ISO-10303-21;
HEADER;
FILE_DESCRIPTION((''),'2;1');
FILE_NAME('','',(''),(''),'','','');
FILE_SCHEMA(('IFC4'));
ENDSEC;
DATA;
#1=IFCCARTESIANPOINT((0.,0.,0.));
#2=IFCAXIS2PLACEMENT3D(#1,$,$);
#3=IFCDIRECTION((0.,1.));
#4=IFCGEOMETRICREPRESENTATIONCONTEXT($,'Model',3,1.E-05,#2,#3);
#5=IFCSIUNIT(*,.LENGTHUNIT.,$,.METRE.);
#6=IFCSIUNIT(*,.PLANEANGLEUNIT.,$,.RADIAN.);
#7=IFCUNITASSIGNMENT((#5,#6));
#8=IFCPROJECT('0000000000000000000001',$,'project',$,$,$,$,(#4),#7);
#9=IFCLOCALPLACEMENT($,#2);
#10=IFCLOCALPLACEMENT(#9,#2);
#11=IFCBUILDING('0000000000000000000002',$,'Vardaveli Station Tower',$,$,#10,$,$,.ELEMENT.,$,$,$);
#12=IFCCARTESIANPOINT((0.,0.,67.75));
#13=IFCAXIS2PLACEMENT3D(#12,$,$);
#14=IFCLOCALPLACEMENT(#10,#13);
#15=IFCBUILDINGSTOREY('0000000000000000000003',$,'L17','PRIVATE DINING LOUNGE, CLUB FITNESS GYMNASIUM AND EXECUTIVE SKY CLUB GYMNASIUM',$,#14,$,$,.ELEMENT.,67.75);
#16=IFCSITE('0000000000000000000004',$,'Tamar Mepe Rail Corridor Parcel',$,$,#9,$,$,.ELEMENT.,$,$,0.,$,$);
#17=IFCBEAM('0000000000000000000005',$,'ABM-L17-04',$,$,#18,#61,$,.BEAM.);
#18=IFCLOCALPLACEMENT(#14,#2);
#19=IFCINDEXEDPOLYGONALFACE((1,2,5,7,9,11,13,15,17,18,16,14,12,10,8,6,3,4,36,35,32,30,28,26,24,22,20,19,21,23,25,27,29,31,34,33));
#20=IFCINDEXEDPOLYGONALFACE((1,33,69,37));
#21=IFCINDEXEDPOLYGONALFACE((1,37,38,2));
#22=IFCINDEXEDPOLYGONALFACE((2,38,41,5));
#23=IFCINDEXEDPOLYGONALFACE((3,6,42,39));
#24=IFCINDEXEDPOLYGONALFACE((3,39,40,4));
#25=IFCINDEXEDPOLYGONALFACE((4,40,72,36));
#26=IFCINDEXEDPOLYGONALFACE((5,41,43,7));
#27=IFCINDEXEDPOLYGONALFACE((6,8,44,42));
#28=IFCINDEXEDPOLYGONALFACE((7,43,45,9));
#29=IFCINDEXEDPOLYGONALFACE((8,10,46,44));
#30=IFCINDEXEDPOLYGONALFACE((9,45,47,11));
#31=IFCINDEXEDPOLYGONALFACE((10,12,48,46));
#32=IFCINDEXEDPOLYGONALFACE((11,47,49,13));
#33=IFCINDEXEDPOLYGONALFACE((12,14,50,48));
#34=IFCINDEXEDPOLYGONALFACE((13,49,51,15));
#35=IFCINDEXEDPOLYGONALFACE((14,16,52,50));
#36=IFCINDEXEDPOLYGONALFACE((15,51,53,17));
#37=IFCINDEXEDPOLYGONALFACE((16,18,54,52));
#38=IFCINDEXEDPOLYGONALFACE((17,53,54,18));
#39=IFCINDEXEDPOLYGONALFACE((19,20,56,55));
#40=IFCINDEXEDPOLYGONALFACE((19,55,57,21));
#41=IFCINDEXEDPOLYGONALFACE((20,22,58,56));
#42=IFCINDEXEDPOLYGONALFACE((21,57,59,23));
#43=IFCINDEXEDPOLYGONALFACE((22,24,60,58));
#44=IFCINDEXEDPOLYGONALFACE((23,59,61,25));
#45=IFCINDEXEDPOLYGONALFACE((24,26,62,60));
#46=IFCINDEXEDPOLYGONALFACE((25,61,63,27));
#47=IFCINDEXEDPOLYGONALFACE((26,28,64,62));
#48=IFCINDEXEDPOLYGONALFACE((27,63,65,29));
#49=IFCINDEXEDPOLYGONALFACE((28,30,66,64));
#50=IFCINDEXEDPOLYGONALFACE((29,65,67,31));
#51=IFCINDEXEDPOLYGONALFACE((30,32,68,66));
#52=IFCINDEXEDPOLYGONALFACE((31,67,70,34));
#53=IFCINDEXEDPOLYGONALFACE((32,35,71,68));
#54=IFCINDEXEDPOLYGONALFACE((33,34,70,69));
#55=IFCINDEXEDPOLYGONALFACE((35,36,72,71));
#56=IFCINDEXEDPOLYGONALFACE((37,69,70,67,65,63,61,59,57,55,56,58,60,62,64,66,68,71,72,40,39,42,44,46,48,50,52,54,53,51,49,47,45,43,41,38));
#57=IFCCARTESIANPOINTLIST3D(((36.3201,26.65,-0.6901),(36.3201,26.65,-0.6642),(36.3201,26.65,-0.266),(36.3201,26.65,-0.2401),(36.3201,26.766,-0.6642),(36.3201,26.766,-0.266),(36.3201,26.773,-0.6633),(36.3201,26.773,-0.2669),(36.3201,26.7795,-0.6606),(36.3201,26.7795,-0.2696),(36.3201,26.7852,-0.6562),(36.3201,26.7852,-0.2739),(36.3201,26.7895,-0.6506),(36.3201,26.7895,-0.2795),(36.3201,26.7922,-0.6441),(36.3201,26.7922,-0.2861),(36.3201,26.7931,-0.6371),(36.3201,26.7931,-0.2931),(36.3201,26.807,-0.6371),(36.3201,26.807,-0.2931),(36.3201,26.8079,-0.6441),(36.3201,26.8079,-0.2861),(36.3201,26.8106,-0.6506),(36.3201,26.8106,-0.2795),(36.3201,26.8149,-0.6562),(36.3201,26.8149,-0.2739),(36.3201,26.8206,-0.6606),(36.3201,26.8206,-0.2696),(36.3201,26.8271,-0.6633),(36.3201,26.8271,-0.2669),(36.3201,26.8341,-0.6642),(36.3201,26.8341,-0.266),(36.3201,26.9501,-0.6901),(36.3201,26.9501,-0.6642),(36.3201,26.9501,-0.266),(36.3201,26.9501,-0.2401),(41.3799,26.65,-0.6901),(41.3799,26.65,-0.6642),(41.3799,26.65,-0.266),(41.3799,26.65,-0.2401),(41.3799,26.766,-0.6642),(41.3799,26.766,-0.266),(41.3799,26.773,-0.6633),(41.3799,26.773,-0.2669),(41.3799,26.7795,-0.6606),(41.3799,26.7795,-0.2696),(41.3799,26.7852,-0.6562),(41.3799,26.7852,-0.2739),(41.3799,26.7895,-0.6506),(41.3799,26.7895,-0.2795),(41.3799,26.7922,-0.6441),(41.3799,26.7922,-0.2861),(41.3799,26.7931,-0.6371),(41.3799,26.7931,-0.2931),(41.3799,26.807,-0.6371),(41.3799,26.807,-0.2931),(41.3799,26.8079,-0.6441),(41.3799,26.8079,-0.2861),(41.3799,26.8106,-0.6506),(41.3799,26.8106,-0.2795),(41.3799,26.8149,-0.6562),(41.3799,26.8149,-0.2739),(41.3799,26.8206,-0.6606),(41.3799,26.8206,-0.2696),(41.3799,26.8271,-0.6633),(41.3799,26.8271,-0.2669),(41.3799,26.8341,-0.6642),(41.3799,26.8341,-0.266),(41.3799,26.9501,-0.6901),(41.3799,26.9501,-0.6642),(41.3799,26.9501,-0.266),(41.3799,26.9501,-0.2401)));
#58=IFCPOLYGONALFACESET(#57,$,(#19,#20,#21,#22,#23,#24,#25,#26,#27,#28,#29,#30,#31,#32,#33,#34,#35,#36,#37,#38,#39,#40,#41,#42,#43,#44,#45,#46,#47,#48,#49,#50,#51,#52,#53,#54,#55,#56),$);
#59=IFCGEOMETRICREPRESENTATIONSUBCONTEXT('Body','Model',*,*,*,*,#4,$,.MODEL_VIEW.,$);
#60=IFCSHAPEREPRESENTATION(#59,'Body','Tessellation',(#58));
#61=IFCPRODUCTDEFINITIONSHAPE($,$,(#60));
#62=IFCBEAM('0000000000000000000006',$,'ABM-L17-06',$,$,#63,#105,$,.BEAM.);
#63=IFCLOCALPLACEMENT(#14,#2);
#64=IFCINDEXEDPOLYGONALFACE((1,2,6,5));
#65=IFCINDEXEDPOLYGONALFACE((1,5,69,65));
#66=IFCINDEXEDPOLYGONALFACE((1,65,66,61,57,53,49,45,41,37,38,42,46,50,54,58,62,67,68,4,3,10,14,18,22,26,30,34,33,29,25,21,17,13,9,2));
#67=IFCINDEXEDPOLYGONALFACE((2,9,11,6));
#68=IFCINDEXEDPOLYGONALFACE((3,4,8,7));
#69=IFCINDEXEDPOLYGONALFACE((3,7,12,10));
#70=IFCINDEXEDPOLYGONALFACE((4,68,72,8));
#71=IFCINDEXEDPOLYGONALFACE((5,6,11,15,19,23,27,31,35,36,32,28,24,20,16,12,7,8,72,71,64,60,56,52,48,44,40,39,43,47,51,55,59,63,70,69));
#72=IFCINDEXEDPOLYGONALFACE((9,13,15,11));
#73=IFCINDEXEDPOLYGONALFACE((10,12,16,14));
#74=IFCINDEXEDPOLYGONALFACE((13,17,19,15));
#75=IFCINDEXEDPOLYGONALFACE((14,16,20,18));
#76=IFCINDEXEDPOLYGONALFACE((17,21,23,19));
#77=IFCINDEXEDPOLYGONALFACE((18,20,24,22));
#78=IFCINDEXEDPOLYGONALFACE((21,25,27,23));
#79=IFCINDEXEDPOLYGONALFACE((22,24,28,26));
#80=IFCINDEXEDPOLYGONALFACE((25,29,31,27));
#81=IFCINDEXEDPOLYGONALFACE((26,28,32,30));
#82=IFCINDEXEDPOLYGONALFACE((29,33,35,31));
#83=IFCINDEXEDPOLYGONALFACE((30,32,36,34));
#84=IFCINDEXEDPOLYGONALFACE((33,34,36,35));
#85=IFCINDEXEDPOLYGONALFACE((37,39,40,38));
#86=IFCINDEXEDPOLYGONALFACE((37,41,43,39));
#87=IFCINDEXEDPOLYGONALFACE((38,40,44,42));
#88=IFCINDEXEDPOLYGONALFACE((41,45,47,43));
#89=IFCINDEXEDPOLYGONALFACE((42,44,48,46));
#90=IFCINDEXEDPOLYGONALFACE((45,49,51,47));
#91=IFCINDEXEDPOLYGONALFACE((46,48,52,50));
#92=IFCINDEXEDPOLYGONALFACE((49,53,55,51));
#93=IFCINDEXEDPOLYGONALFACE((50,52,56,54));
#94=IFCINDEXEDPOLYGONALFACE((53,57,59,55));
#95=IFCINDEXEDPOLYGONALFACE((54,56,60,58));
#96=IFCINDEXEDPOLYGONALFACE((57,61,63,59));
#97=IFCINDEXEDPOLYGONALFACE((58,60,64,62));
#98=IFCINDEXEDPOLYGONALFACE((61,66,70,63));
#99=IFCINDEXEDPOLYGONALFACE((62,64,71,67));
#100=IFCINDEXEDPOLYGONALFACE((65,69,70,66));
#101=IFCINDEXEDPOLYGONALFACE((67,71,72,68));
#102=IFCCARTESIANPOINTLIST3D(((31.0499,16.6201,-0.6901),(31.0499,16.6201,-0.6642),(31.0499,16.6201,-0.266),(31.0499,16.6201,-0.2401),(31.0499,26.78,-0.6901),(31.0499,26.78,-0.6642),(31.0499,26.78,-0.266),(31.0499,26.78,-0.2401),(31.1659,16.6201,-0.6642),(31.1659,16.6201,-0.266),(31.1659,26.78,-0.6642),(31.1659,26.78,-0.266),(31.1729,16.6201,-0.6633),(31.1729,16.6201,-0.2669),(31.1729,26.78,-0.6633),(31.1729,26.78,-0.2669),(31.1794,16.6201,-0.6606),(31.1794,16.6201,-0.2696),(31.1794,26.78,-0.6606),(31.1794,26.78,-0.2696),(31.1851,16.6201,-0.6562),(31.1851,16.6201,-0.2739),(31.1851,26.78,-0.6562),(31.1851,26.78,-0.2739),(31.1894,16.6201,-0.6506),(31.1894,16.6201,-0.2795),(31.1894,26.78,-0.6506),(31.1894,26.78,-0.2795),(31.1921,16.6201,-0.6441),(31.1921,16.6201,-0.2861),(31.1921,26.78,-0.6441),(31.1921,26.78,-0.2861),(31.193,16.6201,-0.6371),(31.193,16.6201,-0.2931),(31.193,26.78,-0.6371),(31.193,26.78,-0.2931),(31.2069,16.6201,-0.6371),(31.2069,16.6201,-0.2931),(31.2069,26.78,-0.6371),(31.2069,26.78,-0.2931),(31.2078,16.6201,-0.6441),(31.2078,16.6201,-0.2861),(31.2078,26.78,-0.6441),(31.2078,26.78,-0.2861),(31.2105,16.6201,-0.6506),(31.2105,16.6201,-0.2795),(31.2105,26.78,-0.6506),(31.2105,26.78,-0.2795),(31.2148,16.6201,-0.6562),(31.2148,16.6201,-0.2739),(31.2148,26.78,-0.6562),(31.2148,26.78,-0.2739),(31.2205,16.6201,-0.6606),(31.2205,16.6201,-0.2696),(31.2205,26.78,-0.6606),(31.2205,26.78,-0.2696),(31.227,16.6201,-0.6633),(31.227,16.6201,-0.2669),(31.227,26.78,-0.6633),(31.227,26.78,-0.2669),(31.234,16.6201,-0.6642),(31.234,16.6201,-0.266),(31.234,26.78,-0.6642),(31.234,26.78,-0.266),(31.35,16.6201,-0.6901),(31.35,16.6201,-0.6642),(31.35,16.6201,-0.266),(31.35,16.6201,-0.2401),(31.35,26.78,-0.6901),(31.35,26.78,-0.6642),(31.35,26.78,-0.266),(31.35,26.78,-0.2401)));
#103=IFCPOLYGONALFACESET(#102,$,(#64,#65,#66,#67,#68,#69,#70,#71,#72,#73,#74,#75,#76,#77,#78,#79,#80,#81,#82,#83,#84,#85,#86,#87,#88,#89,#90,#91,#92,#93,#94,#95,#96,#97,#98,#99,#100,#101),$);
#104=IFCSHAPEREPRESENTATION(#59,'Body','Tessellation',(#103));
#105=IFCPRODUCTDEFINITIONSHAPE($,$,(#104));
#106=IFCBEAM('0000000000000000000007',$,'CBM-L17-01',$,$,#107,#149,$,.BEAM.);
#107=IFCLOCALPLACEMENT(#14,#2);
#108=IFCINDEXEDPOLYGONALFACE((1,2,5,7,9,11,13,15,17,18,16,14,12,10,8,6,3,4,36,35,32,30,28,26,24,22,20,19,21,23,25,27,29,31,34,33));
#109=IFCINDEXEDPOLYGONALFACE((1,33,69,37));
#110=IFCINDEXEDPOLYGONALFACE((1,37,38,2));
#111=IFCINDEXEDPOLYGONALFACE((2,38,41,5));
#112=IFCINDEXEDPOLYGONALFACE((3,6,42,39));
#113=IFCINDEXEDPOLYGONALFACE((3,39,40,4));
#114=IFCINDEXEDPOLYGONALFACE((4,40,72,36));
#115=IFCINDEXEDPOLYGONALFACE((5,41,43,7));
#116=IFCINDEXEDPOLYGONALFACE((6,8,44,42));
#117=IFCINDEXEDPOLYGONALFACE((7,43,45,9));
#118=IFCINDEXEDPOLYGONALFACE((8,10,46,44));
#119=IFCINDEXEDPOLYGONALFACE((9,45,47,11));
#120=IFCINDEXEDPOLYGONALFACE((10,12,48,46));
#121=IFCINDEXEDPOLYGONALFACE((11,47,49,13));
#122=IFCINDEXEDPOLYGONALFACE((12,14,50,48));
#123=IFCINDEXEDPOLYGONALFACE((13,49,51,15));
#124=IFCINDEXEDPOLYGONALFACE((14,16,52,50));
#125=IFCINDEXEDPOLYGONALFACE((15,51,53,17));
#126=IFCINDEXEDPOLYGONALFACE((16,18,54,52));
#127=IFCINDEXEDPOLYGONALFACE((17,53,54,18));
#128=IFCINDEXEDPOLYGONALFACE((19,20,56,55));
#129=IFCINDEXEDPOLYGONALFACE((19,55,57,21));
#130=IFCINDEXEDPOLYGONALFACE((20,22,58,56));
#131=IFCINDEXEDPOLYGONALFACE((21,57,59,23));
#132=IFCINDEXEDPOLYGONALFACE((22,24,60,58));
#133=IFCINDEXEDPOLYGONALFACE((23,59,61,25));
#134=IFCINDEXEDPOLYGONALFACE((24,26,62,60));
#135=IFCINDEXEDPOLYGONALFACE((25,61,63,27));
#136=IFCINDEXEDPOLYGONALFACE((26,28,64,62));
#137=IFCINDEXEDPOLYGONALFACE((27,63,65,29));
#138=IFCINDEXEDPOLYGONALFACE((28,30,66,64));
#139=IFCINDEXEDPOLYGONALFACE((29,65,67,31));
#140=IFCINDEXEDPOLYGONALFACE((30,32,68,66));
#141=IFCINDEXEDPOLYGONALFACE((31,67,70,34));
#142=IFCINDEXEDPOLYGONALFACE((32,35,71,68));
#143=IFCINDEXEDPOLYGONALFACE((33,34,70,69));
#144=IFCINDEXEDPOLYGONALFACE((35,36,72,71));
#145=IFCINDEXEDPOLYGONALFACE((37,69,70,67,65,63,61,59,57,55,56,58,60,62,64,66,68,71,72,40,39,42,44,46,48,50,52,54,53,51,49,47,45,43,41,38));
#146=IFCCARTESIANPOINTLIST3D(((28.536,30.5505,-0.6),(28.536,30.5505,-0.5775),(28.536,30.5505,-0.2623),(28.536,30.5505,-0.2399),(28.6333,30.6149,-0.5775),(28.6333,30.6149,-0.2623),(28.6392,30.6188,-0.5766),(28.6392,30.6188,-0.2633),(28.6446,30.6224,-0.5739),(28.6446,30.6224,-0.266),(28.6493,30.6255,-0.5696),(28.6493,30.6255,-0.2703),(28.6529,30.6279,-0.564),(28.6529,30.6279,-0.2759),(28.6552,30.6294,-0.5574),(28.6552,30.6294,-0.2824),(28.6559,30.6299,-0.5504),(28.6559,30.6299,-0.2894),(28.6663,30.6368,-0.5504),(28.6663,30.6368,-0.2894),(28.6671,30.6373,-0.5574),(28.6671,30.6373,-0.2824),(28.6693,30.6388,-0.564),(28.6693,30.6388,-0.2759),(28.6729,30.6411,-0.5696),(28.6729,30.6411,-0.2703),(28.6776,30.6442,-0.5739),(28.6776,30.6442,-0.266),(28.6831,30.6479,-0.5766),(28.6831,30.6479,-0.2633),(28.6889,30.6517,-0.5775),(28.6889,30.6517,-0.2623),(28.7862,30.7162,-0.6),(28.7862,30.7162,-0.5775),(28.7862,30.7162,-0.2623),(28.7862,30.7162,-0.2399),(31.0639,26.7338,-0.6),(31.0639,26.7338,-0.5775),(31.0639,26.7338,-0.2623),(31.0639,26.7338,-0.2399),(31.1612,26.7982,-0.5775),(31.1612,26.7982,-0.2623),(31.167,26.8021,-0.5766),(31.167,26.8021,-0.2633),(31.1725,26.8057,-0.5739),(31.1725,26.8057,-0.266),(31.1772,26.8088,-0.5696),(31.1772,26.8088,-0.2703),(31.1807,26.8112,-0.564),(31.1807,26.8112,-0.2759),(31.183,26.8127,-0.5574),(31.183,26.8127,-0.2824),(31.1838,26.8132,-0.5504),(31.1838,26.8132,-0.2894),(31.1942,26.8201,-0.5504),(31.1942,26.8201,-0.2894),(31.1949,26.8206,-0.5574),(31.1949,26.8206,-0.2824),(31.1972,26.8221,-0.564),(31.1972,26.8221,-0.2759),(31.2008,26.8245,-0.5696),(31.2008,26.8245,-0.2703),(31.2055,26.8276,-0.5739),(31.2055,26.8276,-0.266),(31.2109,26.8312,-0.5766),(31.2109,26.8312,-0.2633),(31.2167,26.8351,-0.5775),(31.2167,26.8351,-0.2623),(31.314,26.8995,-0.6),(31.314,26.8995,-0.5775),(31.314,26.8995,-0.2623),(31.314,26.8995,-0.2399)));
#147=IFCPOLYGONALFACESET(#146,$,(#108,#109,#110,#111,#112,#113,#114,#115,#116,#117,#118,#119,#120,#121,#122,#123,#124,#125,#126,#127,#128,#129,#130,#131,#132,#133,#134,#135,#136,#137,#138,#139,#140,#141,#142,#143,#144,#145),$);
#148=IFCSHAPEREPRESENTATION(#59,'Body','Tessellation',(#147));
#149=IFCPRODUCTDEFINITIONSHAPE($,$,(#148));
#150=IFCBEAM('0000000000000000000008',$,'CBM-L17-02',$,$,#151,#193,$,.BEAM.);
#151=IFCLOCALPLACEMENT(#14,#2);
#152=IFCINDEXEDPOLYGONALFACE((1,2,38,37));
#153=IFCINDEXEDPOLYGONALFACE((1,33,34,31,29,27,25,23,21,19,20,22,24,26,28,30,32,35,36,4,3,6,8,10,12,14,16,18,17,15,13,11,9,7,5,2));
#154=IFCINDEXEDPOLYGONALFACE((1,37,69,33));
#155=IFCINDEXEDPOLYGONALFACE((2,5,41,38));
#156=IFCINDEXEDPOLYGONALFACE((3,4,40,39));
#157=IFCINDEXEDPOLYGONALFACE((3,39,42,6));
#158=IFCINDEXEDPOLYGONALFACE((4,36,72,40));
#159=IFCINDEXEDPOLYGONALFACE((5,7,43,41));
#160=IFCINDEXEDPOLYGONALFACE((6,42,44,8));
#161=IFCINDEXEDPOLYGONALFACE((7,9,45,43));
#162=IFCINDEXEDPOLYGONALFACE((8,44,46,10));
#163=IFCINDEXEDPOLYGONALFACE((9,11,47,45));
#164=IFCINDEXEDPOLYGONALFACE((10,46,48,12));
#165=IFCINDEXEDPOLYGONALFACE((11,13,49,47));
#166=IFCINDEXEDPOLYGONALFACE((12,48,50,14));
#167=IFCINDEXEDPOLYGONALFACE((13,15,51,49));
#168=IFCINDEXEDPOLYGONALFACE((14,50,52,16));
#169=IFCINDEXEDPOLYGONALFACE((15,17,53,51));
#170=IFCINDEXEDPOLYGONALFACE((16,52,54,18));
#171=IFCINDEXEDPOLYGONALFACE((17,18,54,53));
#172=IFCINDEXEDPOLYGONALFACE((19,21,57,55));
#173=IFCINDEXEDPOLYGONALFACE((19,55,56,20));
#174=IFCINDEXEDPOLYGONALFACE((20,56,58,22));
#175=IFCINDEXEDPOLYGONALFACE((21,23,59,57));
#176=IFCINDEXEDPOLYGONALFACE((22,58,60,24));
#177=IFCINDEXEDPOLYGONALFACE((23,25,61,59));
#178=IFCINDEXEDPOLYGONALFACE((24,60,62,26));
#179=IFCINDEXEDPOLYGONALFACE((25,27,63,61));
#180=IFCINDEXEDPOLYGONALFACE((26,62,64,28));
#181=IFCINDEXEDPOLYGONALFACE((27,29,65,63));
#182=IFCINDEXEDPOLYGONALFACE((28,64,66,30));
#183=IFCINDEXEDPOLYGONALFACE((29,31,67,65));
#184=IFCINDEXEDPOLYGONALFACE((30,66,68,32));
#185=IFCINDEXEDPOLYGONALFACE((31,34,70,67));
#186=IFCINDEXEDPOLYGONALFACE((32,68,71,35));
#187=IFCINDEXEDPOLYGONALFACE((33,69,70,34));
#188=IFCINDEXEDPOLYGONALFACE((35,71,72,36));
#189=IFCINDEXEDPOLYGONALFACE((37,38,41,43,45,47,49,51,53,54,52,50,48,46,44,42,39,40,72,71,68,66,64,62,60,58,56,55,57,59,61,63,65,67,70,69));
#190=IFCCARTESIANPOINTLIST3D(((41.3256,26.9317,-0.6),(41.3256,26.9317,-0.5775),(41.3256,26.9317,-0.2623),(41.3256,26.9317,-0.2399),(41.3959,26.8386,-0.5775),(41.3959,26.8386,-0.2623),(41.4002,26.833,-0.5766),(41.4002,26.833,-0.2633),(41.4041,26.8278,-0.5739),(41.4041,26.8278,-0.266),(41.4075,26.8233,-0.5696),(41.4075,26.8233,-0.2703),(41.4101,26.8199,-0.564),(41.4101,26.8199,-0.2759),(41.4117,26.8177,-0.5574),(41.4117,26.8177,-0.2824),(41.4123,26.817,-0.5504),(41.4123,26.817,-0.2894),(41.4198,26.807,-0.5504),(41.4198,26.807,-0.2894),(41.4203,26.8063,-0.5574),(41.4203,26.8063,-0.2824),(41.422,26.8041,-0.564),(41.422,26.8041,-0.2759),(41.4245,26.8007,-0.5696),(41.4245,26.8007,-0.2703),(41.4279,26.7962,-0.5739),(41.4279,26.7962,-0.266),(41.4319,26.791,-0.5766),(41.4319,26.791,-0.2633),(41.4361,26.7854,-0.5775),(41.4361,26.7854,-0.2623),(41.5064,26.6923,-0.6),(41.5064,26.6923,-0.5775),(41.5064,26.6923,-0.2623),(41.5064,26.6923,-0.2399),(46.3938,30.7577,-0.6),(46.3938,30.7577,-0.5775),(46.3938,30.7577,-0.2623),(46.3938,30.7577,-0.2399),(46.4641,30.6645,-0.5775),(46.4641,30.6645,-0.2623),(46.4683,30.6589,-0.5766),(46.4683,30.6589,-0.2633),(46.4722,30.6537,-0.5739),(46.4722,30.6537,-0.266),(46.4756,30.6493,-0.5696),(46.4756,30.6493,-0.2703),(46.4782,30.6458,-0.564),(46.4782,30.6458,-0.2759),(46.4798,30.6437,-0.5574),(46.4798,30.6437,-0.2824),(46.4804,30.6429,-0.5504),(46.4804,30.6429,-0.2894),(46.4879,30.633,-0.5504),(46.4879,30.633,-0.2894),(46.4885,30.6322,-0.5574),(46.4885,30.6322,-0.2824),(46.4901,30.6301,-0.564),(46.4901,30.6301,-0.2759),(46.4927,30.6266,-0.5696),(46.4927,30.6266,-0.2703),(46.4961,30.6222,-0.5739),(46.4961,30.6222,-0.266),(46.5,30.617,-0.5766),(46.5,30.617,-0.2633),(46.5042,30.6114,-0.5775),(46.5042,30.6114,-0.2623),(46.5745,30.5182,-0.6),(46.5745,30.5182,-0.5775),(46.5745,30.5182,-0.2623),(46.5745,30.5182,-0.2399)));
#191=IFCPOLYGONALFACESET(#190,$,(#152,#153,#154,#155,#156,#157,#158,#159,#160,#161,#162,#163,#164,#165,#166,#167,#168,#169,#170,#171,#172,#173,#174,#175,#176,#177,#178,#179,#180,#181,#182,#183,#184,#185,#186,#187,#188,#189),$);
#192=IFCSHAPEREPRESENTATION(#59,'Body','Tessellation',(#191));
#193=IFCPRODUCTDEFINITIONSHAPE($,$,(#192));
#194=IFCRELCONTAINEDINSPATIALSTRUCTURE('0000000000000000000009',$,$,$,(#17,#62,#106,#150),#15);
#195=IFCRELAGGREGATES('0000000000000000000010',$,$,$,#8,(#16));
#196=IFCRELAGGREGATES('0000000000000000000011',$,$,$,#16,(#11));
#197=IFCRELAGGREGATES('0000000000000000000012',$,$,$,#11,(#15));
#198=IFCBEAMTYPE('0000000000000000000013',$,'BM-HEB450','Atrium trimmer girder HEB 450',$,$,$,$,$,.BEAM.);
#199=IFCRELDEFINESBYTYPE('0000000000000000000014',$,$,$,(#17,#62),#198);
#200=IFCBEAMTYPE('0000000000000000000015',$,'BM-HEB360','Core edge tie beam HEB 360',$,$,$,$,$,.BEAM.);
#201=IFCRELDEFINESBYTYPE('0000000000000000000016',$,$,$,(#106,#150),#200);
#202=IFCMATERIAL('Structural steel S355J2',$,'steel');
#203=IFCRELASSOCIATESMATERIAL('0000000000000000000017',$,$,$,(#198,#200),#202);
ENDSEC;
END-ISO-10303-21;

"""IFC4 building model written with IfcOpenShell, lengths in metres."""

from ifc_helpers import new_model, si_unit, direction, frame, origin, origin_2d, place, context, subcontext, project, spatial, i_section, extrude, source, transform, mapped, material, material_profile, profile_set, type_object, element, save


model = new_model("IFC4")

# Units and contexts
model_context = context("Model", 3, precision=1e-05, world=origin(), true_north=direction((0.0, 1.0)))
body_context = subcontext(model_context, "Body", "Model", "MODEL_VIEW")
ifc_project = project(units=[si_unit("LENGTHUNIT", "METRE"), si_unit("PLANEANGLEUNIT", "RADIAN")], contexts=[model_context])

# Site, building, storey
site_placement = place(None, origin())
site = spatial("IfcSite", under=ifc_project, at=site_placement, Name="Tamar Mepe Rail Corridor Parcel", CompositionType="ELEMENT", RefElevation=0.0)
building_placement = place(site_placement, origin())
building = spatial("IfcBuilding", under=site, at=building_placement, Name="Vardaveli Station Tower", CompositionType="ELEMENT")
storey_placement = place(building_placement, frame((0.0, 0.0, 67.75)))
storey = spatial("IfcBuildingStorey", under=building, at=storey_placement, Name="L17", Description="PRIVATE DINING LOUNGE, CLUB FITNESS GYMNASIUM AND EXECUTIVE SKY CLUB GYMNASIUM", CompositionType="ELEMENT", Elevation=67.75)

# Beams
ifc_material_1 = material(Name="Structural steel S355J2", Category="steel")
ifc_material_profile_1 = material_profile(ifc_material_1, i_section(OverallWidth=0.3, OverallDepth=0.45, WebThickness=0.0139, FlangeThickness=0.0259, FilletRadius=0.0271, at=origin_2d()), Name="HEB 450")
ifc_profile_set_1 = profile_set([ifc_material_profile_1], Name="Structural steel S355J2")
beam_type_1 = type_object("IfcBeamType", Name="BM-HEB450", Description="Atrium trimmer girder HEB 450", PredefinedType="BEAM", material=ifc_profile_set_1)
shared_shape_1 = source(origin(), body_context, "Body", "SweptSolid", [
    extrude(i_section(OverallWidth=0.3, OverallDepth=0.45, WebThickness=0.0139, FlangeThickness=0.0259, FilletRadius=0.0271, at=origin_2d()), origin(), (0.0, 0.0, 1.0), 5.0598),
])
beam_1_placement = place(storey_placement, frame((41.3799, 26.8, -0.4651), z_axis=(-1.0, 0.0, 0.0), x_axis=(0.0, -1.0, 0.0)))
element("IfcBeam", 1, at=beam_1_placement, inside=storey, type_object=beam_type_1, Name="ABM-L17-04", PredefinedType="BEAM", context=body_context, shape_type="MappedRepresentation", body=[
    mapped(shared_shape_1, transform((0.0, 0.0, 0.0), scale=1.0)),
])
shared_shape_2 = source(origin(), body_context, "Body", "SweptSolid", [
    extrude(i_section(OverallWidth=0.3, OverallDepth=0.45, WebThickness=0.0139, FlangeThickness=0.0259, FilletRadius=0.0271, at=origin_2d()), origin(), (0.0, 0.0, 1.0), 10.1599),
])
beam_2_placement = place(storey_placement, frame((31.2, 26.78, -0.4651), z_axis=(0.0, -1.0, 0.0), x_axis=(1.0, 0.0, 0.0)))
element("IfcBeam", 2, at=beam_2_placement, inside=storey, type_object=beam_type_1, Name="ABM-L17-06", PredefinedType="BEAM", context=body_context, shape_type="MappedRepresentation", body=[
    mapped(shared_shape_2, transform((0.0, 0.0, 0.0), scale=1.0)),
])
ifc_material_profile_2 = material_profile(ifc_material_1, i_section(OverallWidth=0.3, OverallDepth=0.3601, WebThickness=0.0125, FlangeThickness=0.0225, FilletRadius=0.0271, at=origin_2d()), Name="HEB 360")
ifc_profile_set_2 = profile_set([ifc_material_profile_2], Name="Structural steel S355J2")
beam_type_2 = type_object("IfcBeamType", Name="BM-HEB360", Description="Core edge tie beam HEB 360", PredefinedType="BEAM", material=ifc_profile_set_2)
shared_shape_3 = source(origin(), body_context, "Body", "SweptSolid", [
    extrude(i_section(OverallWidth=0.3, OverallDepth=0.3601, WebThickness=0.0125, FlangeThickness=0.0225, FilletRadius=0.0271, at=origin_2d()), origin(), (0.0, 0.0, 1.0), 4.5779),
])
beam_3_placement = place(storey_placement, frame((31.189, 26.8167, -0.4199), z_axis=(-0.552187, 0.83372, 0.0), x_axis=(-0.83372, -0.552187, 0.0)))
element("IfcBeam", 3, at=beam_3_placement, inside=storey, type_object=beam_type_2, Name="CBM-L17-01", PredefinedType="BEAM", context=body_context, shape_type="MappedRepresentation", body=[
    mapped(shared_shape_3, transform((0.0, 0.0, 0.0), scale=1.0)),
])
shared_shape_4 = source(origin(), body_context, "Body", "SweptSolid", [
    extrude(i_section(OverallWidth=0.3, OverallDepth=0.3601, WebThickness=0.0125, FlangeThickness=0.0225, FilletRadius=0.0271, at=origin_2d()), origin(), (0.0, 0.0, 1.0), 6.3501),
])
beam_4_placement = place(storey_placement, frame((41.416, 26.812, -0.4199), z_axis=(0.798118, 0.602501, 0.0), x_axis=(-0.602501, 0.798118, 0.0)))
element("IfcBeam", 4, at=beam_4_placement, inside=storey, type_object=beam_type_2, Name="CBM-L17-02", PredefinedType="BEAM", context=body_context, shape_type="MappedRepresentation", body=[
    mapped(shared_shape_4, transform((0.0, 0.0, 0.0), scale=1.0)),
])

save(model, "model.ifc")
